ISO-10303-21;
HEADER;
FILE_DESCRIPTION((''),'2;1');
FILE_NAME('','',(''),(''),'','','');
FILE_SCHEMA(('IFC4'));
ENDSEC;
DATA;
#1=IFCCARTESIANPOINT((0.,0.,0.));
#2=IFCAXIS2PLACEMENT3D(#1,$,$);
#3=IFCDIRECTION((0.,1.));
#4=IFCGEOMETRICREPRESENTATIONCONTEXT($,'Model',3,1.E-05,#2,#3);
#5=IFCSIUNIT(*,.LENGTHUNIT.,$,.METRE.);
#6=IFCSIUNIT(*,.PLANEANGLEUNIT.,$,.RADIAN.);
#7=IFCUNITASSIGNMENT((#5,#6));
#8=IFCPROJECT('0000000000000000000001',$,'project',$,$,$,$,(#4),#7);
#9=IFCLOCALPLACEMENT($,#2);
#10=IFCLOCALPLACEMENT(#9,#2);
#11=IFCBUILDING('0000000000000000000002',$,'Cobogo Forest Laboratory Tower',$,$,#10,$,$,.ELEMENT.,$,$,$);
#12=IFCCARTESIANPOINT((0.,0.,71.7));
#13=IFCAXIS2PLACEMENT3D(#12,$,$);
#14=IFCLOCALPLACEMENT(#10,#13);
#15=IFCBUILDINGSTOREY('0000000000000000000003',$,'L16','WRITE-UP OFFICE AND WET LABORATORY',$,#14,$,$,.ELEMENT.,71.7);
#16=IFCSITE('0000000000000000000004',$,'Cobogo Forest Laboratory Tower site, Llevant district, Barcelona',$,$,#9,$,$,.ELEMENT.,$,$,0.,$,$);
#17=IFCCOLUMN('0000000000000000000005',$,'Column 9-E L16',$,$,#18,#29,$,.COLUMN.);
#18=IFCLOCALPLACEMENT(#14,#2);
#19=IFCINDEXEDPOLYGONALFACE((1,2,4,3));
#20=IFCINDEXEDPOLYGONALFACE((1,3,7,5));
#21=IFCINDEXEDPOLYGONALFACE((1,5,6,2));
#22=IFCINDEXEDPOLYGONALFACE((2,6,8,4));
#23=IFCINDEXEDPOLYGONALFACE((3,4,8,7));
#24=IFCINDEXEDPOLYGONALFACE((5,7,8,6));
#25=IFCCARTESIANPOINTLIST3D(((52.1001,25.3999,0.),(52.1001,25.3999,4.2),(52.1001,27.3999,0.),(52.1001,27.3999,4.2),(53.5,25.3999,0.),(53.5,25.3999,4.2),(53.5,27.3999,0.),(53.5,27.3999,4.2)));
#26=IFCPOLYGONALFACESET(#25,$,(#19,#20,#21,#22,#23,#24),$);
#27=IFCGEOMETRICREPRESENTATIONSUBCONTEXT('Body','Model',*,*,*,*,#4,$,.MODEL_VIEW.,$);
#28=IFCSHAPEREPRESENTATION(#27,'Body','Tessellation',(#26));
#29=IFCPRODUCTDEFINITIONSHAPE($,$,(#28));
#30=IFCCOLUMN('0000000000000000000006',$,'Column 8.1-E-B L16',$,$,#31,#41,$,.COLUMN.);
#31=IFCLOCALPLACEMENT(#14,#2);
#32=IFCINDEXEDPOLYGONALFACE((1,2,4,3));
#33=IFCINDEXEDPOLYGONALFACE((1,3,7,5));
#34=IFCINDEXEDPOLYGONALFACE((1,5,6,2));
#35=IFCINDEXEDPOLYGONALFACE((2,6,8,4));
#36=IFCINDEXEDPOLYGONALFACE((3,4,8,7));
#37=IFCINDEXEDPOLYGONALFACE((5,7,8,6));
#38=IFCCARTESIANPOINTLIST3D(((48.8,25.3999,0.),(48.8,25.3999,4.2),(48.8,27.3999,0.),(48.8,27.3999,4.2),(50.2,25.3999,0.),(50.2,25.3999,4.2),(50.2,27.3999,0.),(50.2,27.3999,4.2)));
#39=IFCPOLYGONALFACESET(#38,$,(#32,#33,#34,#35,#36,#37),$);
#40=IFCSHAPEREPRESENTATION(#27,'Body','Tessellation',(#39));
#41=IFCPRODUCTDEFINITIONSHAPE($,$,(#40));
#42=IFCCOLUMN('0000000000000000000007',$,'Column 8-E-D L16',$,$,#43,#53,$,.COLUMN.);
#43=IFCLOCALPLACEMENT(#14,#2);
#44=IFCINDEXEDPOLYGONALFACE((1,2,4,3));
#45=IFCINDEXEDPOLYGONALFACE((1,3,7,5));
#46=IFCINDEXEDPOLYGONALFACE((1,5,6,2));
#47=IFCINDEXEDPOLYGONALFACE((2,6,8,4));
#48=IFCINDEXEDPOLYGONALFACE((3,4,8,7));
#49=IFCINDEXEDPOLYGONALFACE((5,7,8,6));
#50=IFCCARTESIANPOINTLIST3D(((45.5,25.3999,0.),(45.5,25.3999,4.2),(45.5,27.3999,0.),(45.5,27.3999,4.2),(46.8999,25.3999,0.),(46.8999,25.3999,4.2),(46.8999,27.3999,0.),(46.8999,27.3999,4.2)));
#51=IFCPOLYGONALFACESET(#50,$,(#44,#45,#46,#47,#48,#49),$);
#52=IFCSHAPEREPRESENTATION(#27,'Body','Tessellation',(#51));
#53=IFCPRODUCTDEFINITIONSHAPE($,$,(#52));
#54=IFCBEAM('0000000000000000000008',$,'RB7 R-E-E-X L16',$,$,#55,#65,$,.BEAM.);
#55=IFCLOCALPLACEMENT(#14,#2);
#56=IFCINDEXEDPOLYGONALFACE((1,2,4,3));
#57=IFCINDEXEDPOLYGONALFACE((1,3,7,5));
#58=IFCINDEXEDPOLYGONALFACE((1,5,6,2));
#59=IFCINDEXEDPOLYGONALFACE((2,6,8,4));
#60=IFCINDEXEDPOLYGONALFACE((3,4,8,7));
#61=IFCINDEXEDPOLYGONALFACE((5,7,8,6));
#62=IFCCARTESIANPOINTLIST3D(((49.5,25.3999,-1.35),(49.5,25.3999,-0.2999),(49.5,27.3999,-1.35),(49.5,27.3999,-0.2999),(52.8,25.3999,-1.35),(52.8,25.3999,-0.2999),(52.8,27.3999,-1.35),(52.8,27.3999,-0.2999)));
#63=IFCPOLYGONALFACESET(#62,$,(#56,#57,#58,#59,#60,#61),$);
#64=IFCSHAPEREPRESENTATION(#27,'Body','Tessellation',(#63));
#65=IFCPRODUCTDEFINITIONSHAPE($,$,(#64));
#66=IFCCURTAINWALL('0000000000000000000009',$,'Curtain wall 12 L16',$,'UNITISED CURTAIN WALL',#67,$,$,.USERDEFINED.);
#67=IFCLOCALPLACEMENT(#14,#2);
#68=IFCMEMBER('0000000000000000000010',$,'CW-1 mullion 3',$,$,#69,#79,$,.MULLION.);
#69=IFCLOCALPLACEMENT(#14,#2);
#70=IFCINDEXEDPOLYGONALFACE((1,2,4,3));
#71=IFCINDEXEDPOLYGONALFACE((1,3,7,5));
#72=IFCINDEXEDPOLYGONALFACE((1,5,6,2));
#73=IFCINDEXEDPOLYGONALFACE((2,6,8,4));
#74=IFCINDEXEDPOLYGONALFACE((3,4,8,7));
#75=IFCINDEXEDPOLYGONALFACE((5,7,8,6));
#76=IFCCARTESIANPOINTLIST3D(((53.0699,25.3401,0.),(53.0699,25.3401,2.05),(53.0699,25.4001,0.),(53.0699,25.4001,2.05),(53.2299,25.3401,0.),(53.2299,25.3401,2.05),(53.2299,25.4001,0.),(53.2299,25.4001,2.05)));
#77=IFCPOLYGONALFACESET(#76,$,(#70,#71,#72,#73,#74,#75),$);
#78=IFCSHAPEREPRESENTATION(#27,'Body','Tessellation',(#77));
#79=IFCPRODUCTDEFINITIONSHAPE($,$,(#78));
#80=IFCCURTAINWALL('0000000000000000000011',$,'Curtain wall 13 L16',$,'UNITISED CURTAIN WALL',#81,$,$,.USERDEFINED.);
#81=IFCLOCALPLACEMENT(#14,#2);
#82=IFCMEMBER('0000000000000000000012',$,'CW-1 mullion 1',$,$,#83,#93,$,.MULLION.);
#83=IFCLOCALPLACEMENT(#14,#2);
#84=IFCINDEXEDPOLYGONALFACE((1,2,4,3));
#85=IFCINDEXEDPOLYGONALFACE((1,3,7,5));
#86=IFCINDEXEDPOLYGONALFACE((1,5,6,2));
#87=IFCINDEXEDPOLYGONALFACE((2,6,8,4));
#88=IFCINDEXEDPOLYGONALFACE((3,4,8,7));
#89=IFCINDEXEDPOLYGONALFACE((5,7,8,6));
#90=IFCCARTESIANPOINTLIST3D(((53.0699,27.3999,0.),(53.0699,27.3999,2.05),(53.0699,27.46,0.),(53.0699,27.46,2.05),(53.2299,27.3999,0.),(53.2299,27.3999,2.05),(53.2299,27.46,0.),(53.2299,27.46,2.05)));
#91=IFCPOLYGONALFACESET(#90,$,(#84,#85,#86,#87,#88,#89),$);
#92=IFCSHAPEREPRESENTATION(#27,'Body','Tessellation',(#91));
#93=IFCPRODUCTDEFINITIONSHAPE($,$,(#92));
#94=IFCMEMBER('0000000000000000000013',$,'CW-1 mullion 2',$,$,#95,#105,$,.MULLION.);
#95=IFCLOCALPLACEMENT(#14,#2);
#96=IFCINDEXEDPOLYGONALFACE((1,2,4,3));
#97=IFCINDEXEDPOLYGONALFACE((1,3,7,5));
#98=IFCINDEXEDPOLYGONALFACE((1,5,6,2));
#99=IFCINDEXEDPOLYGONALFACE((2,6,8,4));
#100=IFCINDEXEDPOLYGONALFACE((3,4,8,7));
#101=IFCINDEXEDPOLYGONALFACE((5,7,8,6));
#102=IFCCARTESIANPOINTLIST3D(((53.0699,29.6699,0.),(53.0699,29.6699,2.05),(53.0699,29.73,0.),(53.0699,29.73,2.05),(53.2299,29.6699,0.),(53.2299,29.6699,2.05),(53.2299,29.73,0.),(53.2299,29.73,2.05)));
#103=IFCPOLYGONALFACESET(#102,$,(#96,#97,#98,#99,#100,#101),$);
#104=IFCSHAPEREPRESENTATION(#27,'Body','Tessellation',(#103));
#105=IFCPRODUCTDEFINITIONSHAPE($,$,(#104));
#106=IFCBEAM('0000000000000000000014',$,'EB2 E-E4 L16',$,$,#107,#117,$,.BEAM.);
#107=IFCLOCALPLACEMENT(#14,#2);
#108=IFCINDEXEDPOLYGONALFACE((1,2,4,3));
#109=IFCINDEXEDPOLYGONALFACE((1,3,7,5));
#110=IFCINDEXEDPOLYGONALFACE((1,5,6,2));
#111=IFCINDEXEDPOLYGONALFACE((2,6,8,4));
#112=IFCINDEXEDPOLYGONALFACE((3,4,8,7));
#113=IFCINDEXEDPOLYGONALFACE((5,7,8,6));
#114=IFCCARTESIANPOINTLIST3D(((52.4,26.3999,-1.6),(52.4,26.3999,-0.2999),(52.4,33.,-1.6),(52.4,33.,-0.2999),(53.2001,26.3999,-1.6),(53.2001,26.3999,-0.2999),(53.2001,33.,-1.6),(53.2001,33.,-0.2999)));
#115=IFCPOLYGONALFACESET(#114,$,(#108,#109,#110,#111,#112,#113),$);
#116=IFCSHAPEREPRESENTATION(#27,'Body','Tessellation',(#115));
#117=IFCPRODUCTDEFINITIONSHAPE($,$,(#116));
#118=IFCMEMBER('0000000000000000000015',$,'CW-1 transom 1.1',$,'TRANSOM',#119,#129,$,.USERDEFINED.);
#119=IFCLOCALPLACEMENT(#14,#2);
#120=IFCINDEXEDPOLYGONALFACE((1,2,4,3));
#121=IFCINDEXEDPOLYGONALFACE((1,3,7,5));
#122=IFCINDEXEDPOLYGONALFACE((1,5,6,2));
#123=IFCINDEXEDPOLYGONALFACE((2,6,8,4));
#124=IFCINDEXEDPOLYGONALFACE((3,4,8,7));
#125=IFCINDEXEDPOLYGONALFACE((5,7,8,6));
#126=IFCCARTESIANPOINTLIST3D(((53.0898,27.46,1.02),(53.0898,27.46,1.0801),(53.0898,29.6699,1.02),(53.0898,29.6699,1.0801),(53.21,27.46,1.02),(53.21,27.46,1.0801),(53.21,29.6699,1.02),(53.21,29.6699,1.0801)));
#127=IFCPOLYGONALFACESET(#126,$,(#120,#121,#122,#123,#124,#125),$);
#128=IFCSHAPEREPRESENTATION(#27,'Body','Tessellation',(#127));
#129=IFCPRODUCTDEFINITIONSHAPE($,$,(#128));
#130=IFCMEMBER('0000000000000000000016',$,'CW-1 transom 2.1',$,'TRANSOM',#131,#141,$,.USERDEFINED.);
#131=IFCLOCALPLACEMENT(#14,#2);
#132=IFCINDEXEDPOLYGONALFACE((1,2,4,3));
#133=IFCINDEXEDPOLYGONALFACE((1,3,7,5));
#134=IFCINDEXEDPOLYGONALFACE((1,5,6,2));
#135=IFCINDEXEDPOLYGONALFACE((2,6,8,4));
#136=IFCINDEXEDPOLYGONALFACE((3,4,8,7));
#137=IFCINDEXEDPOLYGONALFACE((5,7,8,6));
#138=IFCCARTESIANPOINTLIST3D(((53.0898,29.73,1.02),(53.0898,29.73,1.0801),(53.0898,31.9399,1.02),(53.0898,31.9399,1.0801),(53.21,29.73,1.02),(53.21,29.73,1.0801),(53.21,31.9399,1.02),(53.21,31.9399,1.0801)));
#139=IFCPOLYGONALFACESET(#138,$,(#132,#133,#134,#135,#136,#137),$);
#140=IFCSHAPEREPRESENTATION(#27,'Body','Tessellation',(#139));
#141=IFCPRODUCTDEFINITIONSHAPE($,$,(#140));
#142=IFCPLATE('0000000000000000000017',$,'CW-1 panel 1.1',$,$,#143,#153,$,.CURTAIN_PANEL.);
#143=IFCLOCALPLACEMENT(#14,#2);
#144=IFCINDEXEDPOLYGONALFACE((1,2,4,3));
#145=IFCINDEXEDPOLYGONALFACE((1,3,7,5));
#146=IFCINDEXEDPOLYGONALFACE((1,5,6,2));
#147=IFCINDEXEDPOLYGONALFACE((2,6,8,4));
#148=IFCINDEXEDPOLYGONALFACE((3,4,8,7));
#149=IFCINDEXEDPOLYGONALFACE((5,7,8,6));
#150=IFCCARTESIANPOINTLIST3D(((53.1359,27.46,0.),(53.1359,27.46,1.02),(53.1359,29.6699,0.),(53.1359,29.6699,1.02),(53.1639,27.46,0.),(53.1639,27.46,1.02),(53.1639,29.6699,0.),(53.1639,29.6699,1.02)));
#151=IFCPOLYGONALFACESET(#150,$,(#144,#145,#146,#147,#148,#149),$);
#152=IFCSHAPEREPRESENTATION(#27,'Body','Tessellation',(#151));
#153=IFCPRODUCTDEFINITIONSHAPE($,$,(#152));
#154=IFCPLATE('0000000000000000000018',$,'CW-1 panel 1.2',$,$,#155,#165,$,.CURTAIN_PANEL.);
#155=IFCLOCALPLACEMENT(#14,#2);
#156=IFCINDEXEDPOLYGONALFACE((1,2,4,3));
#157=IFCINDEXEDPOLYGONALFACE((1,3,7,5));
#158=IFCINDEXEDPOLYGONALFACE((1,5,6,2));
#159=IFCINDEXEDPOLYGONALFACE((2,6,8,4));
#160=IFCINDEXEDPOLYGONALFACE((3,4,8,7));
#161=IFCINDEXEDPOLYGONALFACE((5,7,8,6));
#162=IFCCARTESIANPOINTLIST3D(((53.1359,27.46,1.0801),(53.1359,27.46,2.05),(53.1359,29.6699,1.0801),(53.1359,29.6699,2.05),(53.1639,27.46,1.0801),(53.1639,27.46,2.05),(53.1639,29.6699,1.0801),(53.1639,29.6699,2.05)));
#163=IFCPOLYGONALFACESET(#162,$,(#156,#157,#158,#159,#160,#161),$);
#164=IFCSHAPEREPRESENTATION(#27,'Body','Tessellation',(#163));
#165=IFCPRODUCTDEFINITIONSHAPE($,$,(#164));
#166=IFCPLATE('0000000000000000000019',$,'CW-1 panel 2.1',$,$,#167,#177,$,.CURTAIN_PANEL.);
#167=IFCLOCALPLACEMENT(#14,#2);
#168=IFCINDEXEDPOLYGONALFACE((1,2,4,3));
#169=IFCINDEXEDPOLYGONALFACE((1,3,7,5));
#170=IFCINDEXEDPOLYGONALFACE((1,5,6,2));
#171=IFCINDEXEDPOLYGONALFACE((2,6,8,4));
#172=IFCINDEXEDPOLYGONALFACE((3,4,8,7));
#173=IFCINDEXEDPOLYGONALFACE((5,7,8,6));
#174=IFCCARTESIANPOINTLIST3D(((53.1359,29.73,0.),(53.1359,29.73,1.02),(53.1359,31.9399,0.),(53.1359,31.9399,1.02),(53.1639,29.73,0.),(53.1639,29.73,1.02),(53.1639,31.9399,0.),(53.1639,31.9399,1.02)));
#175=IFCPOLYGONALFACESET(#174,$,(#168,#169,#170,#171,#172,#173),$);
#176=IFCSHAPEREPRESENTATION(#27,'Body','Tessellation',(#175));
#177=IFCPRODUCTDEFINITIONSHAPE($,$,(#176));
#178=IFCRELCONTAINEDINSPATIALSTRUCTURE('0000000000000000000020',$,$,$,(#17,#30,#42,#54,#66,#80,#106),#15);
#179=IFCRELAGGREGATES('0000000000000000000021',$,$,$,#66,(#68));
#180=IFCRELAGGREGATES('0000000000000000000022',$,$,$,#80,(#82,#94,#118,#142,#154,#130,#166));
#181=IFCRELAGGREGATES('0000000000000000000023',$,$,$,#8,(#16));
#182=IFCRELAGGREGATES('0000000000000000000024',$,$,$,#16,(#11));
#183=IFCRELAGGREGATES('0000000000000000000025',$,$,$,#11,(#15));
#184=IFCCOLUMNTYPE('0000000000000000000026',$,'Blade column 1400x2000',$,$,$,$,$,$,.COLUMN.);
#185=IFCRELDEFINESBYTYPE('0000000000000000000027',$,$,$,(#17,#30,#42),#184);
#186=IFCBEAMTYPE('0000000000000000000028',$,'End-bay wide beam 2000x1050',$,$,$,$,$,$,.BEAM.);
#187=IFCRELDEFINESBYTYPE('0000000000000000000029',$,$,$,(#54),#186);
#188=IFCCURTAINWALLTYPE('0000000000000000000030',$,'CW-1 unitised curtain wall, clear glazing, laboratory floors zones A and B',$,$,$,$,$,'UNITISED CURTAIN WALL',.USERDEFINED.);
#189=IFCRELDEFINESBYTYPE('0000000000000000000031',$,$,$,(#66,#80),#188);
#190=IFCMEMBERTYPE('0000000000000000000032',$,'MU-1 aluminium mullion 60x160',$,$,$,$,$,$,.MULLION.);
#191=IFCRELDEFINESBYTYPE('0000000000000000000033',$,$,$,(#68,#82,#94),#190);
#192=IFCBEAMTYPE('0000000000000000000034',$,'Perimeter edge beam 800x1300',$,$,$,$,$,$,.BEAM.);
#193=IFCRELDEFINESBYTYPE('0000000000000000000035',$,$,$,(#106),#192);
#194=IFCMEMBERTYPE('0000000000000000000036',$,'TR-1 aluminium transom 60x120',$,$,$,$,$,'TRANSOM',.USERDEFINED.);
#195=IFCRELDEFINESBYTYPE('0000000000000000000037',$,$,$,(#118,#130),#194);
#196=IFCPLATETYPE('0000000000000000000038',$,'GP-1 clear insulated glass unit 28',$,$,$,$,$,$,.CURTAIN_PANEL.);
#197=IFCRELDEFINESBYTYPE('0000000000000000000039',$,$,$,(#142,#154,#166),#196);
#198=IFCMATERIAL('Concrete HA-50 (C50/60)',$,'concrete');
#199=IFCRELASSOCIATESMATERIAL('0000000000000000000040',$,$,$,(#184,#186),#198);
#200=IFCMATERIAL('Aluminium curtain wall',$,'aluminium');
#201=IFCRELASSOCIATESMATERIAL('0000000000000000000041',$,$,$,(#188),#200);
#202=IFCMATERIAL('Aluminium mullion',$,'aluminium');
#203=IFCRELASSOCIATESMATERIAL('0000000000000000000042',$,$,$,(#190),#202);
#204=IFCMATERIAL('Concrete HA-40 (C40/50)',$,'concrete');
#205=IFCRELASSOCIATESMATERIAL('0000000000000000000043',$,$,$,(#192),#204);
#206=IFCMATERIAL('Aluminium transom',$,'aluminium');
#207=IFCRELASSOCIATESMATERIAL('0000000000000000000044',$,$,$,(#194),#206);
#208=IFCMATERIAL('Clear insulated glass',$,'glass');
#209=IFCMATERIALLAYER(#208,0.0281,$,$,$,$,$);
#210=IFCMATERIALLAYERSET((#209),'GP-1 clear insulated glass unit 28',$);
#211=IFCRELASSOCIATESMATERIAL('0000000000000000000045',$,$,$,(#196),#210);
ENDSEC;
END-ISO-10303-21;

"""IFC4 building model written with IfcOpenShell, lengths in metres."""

from ifc_helpers import new_model, si_unit, direction, frame, origin, origin_2d, place, context, subcontext, project, spatial, rectangle, extrude, material, layer, layer_set, material_profile, profile_set, type_object, element, aggregate, save


model = new_model("IFC4")

# Units and contexts
model_context = context("Model", 3, precision=1e-05, world=origin(), true_north=direction((0.0, 1.0)))
body_context = subcontext(model_context, "Body", "Model", "MODEL_VIEW")
ifc_project = project(units=[si_unit("LENGTHUNIT", "METRE"), si_unit("PLANEANGLEUNIT", "RADIAN")], contexts=[model_context])

# Site, building, storey
site_placement = place(None, origin())
site = spatial("IfcSite", under=ifc_project, at=site_placement, Name="Cobogo Forest Laboratory Tower site, Llevant district, Barcelona", CompositionType="ELEMENT", RefElevation=0.0)
building_placement = place(site_placement, origin())
building = spatial("IfcBuilding", under=site, at=building_placement, Name="Cobogo Forest Laboratory Tower", CompositionType="ELEMENT")
storey_placement = place(building_placement, frame((0.0, 0.0, 71.7)))
storey = spatial("IfcBuildingStorey", under=building, at=storey_placement, Name="L16", Description="WRITE-UP OFFICE AND WET LABORATORY", CompositionType="ELEMENT", Elevation=71.7)

# Columns
ifc_material_1 = material(Name="Concrete HA-50 (C50/60)", Category="concrete")
ifc_material_profile_1 = material_profile(ifc_material_1, rectangle(XDim=2.0, YDim=1.3999, at=origin_2d()), Name="RC 1400x2000")
ifc_profile_set_1 = profile_set([ifc_material_profile_1], Name="Concrete HA-50 (C50/60)")
column_type = type_object("IfcColumnType", Name="Blade column 1400x2000", PredefinedType="COLUMN", material=ifc_profile_set_1)
for number, where, z_axis, x_axis, name in (
    (1, (52.8, 26.3999, 0.0), (0.0, 0.0, 1.0), (0.0, 1.0, 0.0), "Column 9-E L16"),
    (2, (49.5, 26.3999, 0.0), (0.0, 0.0, 1.0), (0.0, 1.0, 0.0), "Column 8.1-E-B L16"),
    (3, (46.2, 26.3999, 0.0), (0.0, 0.0, 1.0), (0.0, 1.0, 0.0), "Column 8-E-D L16"),
):
    element("IfcColumn", number, at=place(storey_placement, frame(where, z_axis=z_axis, x_axis=x_axis)), inside=storey, type_object=column_type, Name=name, PredefinedType="COLUMN", context=body_context, shape_type="SweptSolid", body=[
        extrude(rectangle(XDim=2.0, YDim=1.3999, at=origin_2d()), origin(), (0.0, 0.0, 1.0), 4.2),
    ])

# Beam
ifc_material_profile_2 = material_profile(ifc_material_1, rectangle(XDim=2.0, YDim=1.05, at=origin_2d()), Name="RC 2000x1050")
ifc_profile_set_2 = profile_set([ifc_material_profile_2], Name="Concrete HA-50 (C50/60)")
beam_type_1 = type_object("IfcBeamType", Name="End-bay wide beam 2000x1050", PredefinedType="BEAM", material=ifc_profile_set_2)
beam_1_placement = place(storey_placement, frame((52.8, 26.3999, -0.825), z_axis=(-1.0, 0.0, 0.0), x_axis=(0.0, -1.0, 0.0)))
element("IfcBeam", 4, at=beam_1_placement, inside=storey, type_object=beam_type_1, Name="RB7 R-E-E-X L16", PredefinedType="BEAM", context=body_context, shape_type="SweptSolid", body=[
    extrude(rectangle(XDim=2.0, YDim=1.05, at=origin_2d()), origin(), (0.0, 0.0, 1.0), 3.3),
])

# Curtain wall, member
ifc_material_2 = material(Name="Aluminium curtain wall", Category="aluminium")
curtain_wall_type = type_object("IfcCurtainWallType", Name="CW-1 unitised curtain wall, clear glazing, laboratory floors zones A and B", ElementType="UNITISED CURTAIN WALL", PredefinedType="USERDEFINED", material=ifc_material_2)
curtain_wall_1_placement = place(storey_placement, origin())
curtain_wall_1 = element("IfcCurtainWall", 5, at=curtain_wall_1_placement, inside=storey, type_object=curtain_wall_type, Name="Curtain wall 12 L16", ObjectType="UNITISED CURTAIN WALL", PredefinedType="USERDEFINED")
ifc_material_3 = material(Name="Aluminium mullion", Category="aluminium")
ifc_material_profile_3 = material_profile(ifc_material_3, rectangle(XDim=0.0601, YDim=0.1599, at=origin_2d()), Name="AL 60x160")
ifc_profile_set_3 = profile_set([ifc_material_profile_3], Name="Aluminium mullion")
member_type_1 = type_object("IfcMemberType", Name="MU-1 aluminium mullion 60x160", PredefinedType="MULLION", material=ifc_profile_set_3)
member_1_placement = place(storey_placement, frame((53.1499, 25.3701, 0.0), z_axis=(0.0, 0.0, 1.0), x_axis=(0.0, 1.0, 0.0)))
member_1 = element("IfcMember", 6, at=member_1_placement, type_object=member_type_1, Name="CW-1 mullion 3", PredefinedType="MULLION", context=body_context, shape_type="SweptSolid", body=[
    extrude(rectangle(XDim=0.0601, YDim=0.1599, at=origin_2d()), origin(), (0.0, 0.0, 1.0), 2.05),
])
aggregate(curtain_wall_1, [member_1])

# Curtain wall, members
curtain_wall_2_placement = place(storey_placement, origin())
curtain_wall_2 = element("IfcCurtainWall", 7, at=curtain_wall_2_placement, inside=storey, type_object=curtain_wall_type, Name="Curtain wall 13 L16", ObjectType="UNITISED CURTAIN WALL", PredefinedType="USERDEFINED")
member_2_placement = place(storey_placement, frame((53.1499, 27.4299, 0.0), z_axis=(0.0, 0.0, 1.0), x_axis=(0.0, 1.0, 0.0)))
member_2 = element("IfcMember", 8, at=member_2_placement, type_object=member_type_1, Name="CW-1 mullion 1", PredefinedType="MULLION", context=body_context, shape_type="SweptSolid", body=[
    extrude(rectangle(XDim=0.0601, YDim=0.1599, at=origin_2d()), origin(), (0.0, 0.0, 1.0), 2.05),
])
member_3_placement = place(storey_placement, frame((53.1499, 29.7, 0.0), z_axis=(0.0, 0.0, 1.0), x_axis=(0.0, 1.0, 0.0)))
member_3 = element("IfcMember", 9, at=member_3_placement, type_object=member_type_1, Name="CW-1 mullion 2", PredefinedType="MULLION", context=body_context, shape_type="SweptSolid", body=[
    extrude(rectangle(XDim=0.0601, YDim=0.1599, at=origin_2d()), origin(), (0.0, 0.0, 1.0), 2.05),
])

# Beam
ifc_material_4 = material(Name="Concrete HA-40 (C40/50)", Category="concrete")
ifc_material_profile_4 = material_profile(ifc_material_4, rectangle(XDim=0.8, YDim=1.3, at=origin_2d()), Name="RC 800x1300")
ifc_profile_set_4 = profile_set([ifc_material_profile_4], Name="Concrete HA-40 (C40/50)")
beam_type_2 = type_object("IfcBeamType", Name="Perimeter edge beam 800x1300", PredefinedType="BEAM", material=ifc_profile_set_4)
beam_2_placement = place(storey_placement, frame((52.8, 26.3999, -0.95), z_axis=(0.0, 1.0, 0.0), x_axis=(-1.0, 0.0, 0.0)))
element("IfcBeam", 10, at=beam_2_placement, inside=storey, type_object=beam_type_2, Name="EB2 E-E4 L16", PredefinedType="BEAM", context=body_context, shape_type="SweptSolid", body=[
    extrude(rectangle(XDim=0.8, YDim=1.3, at=origin_2d()), origin(), (0.0, 0.0, 1.0), 6.6001),
])

# Members
ifc_material_5 = material(Name="Aluminium transom", Category="aluminium")
ifc_material_profile_5 = material_profile(ifc_material_5, rectangle(XDim=0.1201, YDim=0.0601, at=origin_2d()), Name="AL 60x120")
ifc_profile_set_5 = profile_set([ifc_material_profile_5], Name="Aluminium transom")
member_type_2 = type_object("IfcMemberType", Name="TR-1 aluminium transom 60x120", ElementType="TRANSOM", PredefinedType="USERDEFINED", material=ifc_profile_set_5)
member_4_placement = place(storey_placement, frame((53.1499, 27.46, 1.05), z_axis=(0.0, 1.0, 0.0), x_axis=(-1.0, 0.0, 0.0)))
member_4 = element("IfcMember", 11, at=member_4_placement, type_object=member_type_2, Name="CW-1 transom 1.1", ObjectType="TRANSOM", PredefinedType="USERDEFINED", context=body_context, shape_type="SweptSolid", body=[
    extrude(rectangle(XDim=0.1201, YDim=0.0601, at=origin_2d()), origin(), (0.0, 0.0, 1.0), 2.21),
])
member_5_placement = place(storey_placement, frame((53.1499, 29.73, 1.05), z_axis=(0.0, 1.0, 0.0), x_axis=(-1.0, 0.0, 0.0)))
member_5 = element("IfcMember", 12, at=member_5_placement, type_object=member_type_2, Name="CW-1 transom 2.1", ObjectType="TRANSOM", PredefinedType="USERDEFINED", context=body_context, shape_type="SweptSolid", body=[
    extrude(rectangle(XDim=0.1201, YDim=0.0601, at=origin_2d()), origin(), (0.0, 0.0, 1.0), 2.21),
])

# Plates
ifc_material_6 = material(Name="Clear insulated glass", Category="glass")
ifc_layer_1 = layer(ifc_material_6, 0.0281)
ifc_layer_set_1 = layer_set([ifc_layer_1], Name="GP-1 clear insulated glass unit 28")
plate_type_1 = type_object("IfcPlateType", Name="GP-1 clear insulated glass unit 28", PredefinedType="CURTAIN_PANEL", material=ifc_layer_set_1)
plate_1_placement = place(storey_placement, frame((53.1499, 28.5649, 0.0), z_axis=(0.0, 0.0, 1.0), x_axis=(0.0, 1.0, 0.0)))
plate_1 = element("IfcPlate", 13, at=plate_1_placement, type_object=plate_type_1, Name="CW-1 panel 1.1", PredefinedType="CURTAIN_PANEL", context=body_context, shape_type="SweptSolid", body=[
    extrude(rectangle(XDim=2.21, YDim=0.0281, at=origin_2d()), origin(), (0.0, 0.0, 1.0), 1.02),
])
plate_2_placement = place(storey_placement, frame((53.1499, 28.5649, 1.0801), z_axis=(0.0, 0.0, 1.0), x_axis=(0.0, 1.0, 0.0)))
plate_2 = element("IfcPlate", 14, at=plate_2_placement, type_object=plate_type_1, Name="CW-1 panel 1.2", PredefinedType="CURTAIN_PANEL", context=body_context, shape_type="SweptSolid", body=[
    extrude(rectangle(XDim=2.21, YDim=0.0281, at=origin_2d()), origin(), (0.0, 0.0, 1.0), 0.97),
])
plate_3_placement = place(storey_placement, frame((53.1499, 30.835, 0.0), z_axis=(0.0, 0.0, 1.0), x_axis=(0.0, 1.0, 0.0)))
plate_3 = element("IfcPlate", 15, at=plate_3_placement, type_object=plate_type_1, Name="CW-1 panel 2.1", PredefinedType="CURTAIN_PANEL", context=body_context, shape_type="SweptSolid", body=[
    extrude(rectangle(XDim=2.21, YDim=0.0281, at=origin_2d()), origin(), (0.0, 0.0, 1.0), 1.02),
])
aggregate(curtain_wall_2, [member_2, member_3, member_4, plate_1, plate_2, member_5, plate_3])

save(model, "model.ifc")
